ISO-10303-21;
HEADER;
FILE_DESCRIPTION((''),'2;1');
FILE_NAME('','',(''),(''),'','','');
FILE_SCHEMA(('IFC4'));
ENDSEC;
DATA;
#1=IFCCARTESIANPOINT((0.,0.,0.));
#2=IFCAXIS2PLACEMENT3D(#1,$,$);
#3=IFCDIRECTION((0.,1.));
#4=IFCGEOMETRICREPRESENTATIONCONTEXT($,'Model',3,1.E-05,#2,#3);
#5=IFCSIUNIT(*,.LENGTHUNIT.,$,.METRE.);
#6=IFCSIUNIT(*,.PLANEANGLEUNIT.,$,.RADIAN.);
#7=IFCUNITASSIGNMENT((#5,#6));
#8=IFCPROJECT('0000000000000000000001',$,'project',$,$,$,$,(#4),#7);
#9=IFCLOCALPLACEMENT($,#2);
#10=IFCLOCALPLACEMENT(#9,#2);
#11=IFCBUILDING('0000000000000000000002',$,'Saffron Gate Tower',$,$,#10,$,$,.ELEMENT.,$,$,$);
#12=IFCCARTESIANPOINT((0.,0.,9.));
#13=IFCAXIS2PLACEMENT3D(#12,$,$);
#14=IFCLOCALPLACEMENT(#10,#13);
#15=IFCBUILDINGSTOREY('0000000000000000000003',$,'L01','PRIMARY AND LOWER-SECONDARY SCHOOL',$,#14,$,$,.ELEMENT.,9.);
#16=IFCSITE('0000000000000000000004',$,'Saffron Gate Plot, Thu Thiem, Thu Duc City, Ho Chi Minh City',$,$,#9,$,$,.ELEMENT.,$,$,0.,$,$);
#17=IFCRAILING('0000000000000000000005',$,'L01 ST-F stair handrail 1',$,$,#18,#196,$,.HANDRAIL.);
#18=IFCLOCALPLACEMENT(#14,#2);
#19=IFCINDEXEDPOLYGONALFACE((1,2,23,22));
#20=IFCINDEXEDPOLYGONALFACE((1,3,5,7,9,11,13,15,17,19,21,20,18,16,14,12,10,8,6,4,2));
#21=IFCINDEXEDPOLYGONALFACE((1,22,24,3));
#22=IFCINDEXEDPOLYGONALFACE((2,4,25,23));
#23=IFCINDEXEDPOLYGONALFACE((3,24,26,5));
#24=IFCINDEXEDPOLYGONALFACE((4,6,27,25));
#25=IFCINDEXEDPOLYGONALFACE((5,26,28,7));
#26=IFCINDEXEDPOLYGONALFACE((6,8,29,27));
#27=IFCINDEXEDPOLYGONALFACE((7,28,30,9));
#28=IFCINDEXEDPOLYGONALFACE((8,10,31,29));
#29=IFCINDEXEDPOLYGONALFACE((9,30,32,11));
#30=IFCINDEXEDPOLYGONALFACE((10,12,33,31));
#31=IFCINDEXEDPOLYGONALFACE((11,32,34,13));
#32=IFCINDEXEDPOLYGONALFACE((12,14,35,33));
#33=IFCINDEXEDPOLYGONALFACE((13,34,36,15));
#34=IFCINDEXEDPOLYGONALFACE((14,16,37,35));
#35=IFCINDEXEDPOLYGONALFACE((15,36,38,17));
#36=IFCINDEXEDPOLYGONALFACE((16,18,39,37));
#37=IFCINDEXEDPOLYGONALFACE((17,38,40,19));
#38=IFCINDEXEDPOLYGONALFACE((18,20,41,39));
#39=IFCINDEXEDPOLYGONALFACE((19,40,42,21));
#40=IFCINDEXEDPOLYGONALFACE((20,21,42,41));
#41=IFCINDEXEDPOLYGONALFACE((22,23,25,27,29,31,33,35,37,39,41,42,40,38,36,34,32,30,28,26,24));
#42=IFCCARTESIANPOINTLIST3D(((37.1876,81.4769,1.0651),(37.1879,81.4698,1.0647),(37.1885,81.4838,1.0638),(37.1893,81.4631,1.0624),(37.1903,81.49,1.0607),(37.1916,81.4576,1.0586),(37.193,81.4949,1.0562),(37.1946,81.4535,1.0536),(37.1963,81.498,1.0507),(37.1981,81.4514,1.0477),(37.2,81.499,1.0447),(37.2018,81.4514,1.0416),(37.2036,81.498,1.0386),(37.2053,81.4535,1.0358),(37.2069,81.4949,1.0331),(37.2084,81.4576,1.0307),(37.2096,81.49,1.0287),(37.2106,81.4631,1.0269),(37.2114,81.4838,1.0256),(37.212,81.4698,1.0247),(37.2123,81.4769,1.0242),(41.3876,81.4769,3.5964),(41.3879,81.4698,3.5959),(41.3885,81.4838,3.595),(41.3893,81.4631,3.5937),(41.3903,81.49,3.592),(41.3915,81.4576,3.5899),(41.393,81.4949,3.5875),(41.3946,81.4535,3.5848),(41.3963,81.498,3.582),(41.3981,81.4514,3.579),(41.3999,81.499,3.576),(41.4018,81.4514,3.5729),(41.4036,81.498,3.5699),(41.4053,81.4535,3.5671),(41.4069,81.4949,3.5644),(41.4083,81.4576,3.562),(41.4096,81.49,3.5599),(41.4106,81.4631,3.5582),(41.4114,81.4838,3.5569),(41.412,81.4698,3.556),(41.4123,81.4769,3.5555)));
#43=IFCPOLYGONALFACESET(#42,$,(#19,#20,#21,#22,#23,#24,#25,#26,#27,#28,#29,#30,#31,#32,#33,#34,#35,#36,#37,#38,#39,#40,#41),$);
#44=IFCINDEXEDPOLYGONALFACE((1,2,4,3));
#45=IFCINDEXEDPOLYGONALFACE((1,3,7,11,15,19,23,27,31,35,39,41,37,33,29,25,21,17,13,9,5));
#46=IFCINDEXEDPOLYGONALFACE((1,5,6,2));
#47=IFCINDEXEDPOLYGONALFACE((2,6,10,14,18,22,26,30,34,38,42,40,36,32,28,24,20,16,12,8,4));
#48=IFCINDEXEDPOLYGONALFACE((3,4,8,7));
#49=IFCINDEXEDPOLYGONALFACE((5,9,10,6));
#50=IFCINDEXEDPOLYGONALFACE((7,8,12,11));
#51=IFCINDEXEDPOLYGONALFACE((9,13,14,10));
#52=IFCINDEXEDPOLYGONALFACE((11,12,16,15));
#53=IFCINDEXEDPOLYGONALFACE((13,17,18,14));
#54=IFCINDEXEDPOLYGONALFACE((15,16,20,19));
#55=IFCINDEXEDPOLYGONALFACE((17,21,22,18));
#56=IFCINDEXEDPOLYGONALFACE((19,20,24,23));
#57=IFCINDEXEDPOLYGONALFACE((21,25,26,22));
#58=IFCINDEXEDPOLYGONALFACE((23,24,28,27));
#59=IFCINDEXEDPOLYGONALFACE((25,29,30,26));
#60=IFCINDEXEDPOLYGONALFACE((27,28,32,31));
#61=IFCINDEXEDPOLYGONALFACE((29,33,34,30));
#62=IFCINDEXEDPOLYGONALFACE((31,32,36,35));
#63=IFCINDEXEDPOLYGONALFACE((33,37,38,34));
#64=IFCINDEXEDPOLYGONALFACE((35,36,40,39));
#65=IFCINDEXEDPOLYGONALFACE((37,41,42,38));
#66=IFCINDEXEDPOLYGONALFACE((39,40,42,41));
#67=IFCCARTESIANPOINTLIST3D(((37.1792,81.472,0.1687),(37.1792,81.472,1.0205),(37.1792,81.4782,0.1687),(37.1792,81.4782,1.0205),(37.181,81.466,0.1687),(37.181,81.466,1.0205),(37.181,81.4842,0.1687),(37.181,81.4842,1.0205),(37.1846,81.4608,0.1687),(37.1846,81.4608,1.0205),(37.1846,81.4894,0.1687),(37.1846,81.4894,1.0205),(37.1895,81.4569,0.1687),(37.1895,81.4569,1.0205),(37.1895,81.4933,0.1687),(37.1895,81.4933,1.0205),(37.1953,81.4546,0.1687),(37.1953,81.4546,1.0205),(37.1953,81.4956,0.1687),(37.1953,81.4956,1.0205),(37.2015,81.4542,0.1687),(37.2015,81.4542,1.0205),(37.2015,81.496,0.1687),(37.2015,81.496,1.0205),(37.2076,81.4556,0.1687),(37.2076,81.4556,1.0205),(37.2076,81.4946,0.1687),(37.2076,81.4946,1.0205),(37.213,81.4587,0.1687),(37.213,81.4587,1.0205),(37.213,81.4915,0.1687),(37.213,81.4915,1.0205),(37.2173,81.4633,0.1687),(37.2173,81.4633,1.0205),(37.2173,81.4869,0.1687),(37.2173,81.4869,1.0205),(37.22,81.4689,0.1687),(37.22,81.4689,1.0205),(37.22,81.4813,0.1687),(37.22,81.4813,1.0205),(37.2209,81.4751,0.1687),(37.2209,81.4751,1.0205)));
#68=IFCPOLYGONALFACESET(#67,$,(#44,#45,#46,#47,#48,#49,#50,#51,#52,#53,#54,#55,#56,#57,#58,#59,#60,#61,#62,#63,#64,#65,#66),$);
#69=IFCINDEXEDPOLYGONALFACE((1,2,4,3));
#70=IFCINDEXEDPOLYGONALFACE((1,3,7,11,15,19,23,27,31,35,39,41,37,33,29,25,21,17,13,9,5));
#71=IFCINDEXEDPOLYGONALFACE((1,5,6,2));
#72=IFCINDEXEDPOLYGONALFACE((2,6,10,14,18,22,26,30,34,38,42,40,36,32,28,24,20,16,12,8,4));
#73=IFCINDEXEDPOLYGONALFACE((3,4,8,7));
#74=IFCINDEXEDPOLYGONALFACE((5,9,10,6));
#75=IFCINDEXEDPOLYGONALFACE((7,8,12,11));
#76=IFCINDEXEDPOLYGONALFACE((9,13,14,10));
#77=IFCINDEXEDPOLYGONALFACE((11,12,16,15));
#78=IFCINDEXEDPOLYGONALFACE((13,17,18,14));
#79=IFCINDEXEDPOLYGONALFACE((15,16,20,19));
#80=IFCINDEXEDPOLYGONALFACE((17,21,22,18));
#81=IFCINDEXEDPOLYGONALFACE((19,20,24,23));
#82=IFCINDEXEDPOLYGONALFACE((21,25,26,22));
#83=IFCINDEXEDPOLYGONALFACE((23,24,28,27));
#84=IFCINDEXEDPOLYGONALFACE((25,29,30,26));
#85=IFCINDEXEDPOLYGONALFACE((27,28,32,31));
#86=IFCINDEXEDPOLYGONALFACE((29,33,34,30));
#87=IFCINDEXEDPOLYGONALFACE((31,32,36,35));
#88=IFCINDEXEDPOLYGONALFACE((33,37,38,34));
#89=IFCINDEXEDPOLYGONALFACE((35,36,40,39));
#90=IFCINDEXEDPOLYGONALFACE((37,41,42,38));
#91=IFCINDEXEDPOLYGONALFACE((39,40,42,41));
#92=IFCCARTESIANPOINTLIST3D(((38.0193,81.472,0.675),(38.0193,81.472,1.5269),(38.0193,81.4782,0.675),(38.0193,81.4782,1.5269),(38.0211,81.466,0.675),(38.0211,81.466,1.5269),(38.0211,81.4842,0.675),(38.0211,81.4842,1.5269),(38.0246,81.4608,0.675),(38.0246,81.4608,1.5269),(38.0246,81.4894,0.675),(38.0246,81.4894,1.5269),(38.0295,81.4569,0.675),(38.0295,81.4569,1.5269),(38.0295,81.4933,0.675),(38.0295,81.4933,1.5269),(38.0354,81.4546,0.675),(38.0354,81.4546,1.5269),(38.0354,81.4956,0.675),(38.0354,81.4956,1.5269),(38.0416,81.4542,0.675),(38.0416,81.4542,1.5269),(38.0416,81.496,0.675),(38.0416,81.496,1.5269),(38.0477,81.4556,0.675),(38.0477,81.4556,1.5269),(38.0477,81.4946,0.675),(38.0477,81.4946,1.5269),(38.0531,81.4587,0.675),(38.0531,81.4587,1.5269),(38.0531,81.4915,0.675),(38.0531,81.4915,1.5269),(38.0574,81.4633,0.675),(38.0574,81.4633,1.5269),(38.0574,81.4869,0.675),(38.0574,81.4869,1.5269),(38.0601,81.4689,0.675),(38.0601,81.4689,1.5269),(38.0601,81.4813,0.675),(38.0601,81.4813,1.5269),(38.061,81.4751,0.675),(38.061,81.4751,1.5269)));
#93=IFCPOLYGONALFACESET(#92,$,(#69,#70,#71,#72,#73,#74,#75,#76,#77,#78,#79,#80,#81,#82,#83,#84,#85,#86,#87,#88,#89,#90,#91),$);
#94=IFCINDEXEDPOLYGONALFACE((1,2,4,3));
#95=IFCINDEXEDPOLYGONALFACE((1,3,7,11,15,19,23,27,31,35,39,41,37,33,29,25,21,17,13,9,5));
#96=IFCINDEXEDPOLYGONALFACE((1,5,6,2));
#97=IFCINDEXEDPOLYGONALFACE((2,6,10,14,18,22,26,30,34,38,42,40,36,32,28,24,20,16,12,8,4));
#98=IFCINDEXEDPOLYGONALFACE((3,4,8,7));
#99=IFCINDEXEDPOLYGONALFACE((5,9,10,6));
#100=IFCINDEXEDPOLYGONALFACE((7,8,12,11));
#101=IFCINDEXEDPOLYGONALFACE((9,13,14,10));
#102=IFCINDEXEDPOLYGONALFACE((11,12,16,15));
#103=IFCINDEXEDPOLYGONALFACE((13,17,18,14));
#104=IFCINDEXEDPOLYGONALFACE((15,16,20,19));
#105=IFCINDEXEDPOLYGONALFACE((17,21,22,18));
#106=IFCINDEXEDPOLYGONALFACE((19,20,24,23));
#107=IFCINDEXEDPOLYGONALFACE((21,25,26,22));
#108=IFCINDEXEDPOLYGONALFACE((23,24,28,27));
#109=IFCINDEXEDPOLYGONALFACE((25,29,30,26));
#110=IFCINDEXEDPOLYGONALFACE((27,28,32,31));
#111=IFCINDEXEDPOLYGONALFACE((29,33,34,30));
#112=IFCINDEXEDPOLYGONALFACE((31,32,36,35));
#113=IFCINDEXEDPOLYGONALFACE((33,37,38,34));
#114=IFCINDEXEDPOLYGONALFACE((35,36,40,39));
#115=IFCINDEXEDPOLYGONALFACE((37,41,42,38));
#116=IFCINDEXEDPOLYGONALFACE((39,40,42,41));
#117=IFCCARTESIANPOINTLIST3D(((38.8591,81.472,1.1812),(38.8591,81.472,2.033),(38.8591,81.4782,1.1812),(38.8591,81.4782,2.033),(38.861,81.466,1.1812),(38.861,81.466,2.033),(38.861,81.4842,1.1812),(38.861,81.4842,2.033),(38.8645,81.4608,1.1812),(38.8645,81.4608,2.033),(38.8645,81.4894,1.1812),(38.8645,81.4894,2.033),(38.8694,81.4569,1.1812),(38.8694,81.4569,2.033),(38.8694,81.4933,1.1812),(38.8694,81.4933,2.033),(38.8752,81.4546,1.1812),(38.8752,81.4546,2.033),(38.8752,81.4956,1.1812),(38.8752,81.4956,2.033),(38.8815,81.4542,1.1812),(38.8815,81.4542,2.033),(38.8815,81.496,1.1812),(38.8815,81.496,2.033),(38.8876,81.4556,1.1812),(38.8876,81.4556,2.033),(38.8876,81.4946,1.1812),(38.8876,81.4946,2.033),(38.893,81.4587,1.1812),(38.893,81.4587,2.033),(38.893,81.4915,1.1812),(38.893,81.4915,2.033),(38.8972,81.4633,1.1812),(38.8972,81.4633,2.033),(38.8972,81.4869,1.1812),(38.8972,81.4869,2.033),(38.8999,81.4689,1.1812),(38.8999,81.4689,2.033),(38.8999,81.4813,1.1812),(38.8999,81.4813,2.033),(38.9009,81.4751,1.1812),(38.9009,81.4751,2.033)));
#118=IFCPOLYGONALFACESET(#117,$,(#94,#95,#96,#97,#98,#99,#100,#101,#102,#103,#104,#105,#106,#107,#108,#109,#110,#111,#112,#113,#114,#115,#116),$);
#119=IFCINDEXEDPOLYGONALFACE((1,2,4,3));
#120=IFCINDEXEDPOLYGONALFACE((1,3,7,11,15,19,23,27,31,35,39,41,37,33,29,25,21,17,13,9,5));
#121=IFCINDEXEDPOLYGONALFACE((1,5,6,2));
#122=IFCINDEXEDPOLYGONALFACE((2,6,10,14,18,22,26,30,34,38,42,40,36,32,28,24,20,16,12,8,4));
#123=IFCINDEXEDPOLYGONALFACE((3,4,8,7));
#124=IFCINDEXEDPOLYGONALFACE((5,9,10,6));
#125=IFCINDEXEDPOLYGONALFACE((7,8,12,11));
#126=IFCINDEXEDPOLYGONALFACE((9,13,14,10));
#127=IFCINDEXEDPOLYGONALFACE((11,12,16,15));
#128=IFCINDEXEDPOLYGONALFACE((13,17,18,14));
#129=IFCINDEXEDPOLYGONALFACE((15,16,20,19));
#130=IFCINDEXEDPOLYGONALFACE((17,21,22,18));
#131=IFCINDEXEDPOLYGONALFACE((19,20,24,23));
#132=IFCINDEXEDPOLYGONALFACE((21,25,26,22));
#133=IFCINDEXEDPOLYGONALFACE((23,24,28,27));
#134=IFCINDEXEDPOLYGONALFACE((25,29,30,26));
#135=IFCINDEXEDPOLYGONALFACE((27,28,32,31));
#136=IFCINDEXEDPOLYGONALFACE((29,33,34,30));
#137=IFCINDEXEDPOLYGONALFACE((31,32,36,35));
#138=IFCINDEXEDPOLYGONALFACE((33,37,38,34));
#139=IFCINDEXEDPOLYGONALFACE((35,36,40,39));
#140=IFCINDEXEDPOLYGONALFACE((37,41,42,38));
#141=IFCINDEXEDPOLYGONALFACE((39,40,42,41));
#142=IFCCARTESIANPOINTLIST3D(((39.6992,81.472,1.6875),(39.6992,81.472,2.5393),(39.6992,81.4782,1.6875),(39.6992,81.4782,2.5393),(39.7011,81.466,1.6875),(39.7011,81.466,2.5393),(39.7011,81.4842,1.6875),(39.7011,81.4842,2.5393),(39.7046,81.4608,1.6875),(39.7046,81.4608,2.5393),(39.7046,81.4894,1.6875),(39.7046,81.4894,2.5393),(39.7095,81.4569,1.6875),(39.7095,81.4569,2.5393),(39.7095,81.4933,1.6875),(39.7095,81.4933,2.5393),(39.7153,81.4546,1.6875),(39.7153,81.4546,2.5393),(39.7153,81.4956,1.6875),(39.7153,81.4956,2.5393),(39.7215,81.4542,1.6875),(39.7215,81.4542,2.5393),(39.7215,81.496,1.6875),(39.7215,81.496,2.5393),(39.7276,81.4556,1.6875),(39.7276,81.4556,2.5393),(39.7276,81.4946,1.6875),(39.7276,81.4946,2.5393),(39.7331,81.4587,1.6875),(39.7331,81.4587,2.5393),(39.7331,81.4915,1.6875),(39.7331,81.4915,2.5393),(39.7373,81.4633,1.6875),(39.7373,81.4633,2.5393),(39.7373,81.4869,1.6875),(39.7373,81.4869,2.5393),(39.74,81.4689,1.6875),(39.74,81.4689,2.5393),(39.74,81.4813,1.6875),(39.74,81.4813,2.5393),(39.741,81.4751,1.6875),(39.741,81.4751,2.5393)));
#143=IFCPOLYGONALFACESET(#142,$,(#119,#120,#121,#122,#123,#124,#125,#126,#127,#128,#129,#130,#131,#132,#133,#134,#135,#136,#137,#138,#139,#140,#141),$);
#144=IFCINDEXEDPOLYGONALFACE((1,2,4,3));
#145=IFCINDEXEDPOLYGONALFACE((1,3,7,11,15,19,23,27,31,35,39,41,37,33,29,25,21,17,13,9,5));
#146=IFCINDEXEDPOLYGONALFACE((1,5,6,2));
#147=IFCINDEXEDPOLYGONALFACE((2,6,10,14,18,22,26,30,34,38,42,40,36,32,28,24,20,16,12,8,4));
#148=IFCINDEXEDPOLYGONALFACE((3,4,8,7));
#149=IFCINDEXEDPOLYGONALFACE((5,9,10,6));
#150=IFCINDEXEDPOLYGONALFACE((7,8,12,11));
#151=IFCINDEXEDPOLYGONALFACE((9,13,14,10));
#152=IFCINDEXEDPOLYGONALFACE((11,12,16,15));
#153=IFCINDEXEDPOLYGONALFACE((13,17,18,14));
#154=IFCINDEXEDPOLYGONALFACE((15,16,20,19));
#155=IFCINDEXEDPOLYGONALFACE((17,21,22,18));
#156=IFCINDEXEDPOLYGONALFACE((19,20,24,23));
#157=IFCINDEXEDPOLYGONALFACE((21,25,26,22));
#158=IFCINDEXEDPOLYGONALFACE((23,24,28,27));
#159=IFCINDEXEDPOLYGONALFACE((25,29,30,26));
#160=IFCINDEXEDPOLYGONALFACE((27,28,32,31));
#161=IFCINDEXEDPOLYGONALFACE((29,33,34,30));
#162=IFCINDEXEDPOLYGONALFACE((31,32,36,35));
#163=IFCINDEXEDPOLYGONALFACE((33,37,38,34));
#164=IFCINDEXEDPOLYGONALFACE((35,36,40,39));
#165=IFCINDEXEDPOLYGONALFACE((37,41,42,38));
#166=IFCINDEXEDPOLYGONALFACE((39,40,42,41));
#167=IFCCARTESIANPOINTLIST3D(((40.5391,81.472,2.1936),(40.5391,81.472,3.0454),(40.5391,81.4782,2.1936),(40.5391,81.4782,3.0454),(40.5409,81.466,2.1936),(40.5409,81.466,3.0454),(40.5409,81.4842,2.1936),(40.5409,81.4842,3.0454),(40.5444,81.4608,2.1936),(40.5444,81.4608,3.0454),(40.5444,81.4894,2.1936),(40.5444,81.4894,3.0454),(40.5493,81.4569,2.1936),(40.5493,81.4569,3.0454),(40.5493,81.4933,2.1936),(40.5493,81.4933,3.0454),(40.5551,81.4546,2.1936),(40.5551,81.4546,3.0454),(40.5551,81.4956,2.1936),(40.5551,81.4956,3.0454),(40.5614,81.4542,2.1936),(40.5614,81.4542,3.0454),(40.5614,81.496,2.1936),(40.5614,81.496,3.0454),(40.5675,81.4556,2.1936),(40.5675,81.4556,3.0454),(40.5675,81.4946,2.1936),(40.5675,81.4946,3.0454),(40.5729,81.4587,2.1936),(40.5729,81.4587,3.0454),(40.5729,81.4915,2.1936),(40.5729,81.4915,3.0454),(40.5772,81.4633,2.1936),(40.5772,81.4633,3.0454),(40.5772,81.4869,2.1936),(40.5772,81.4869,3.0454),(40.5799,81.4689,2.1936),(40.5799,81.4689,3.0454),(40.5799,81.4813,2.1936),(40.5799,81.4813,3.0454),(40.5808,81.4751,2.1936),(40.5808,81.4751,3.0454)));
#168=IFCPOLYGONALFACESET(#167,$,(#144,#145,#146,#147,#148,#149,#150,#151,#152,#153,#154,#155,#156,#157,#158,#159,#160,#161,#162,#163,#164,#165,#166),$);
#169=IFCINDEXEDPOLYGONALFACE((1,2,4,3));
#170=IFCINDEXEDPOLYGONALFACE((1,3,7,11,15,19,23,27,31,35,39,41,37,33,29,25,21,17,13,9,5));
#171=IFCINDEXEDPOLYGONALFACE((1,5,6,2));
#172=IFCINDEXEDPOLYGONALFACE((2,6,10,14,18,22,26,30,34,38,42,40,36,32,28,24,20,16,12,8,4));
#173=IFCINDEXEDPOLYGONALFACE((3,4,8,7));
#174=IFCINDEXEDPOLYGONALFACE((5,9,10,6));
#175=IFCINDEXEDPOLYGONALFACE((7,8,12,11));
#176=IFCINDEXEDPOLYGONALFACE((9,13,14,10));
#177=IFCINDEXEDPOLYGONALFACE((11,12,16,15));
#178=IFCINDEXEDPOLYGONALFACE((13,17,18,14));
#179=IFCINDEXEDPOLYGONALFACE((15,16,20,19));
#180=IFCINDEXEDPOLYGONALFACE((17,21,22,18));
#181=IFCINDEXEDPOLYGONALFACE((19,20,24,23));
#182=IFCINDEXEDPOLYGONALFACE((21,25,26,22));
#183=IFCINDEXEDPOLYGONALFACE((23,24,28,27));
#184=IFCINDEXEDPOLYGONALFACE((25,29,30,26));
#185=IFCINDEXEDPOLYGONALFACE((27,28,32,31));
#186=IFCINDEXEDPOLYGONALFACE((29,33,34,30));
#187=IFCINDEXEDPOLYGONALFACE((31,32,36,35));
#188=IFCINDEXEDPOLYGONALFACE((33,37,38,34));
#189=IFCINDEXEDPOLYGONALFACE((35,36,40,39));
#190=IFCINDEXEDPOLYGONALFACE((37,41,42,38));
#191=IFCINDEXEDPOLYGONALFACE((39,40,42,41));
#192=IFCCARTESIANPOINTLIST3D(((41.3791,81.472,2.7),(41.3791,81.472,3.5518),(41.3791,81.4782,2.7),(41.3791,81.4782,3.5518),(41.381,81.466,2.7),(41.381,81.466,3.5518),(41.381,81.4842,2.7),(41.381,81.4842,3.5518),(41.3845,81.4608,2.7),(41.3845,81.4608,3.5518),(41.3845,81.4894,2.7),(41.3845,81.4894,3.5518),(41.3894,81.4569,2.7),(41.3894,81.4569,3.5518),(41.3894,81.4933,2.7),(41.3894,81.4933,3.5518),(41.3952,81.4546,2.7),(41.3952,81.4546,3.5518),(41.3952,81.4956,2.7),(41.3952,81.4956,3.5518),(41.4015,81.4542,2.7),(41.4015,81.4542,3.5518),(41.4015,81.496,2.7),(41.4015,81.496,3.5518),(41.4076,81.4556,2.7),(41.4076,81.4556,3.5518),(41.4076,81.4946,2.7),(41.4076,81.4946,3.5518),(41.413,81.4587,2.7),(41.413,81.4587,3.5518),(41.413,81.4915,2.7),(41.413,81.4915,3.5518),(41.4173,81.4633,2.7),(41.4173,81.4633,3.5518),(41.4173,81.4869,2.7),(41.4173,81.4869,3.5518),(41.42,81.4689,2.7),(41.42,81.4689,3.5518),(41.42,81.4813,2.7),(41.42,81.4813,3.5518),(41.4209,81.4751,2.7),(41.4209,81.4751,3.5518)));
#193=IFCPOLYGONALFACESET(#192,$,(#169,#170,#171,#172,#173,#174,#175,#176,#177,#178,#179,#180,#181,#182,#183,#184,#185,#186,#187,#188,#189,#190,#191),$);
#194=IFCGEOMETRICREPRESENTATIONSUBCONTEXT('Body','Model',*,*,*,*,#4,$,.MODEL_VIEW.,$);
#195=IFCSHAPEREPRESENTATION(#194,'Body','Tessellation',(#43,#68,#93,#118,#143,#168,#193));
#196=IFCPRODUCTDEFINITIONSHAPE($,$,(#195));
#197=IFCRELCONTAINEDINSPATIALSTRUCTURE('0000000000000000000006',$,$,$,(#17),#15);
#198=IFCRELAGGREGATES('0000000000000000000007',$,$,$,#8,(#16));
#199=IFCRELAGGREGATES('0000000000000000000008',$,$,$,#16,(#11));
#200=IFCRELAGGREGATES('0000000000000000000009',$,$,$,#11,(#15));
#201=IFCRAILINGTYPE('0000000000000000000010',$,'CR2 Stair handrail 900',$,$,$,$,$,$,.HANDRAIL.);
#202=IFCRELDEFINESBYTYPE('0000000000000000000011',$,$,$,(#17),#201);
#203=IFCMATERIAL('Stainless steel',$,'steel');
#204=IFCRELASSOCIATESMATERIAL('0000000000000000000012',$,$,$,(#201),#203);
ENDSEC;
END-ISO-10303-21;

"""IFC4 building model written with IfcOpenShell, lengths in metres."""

from ifc_helpers import new_model, si_unit, direction, frame, origin, origin_2d, place, context, subcontext, project, spatial, circle, extrude, material, type_object, element, save


model = new_model("IFC4")

# Units and contexts
model_context = context("Model", 3, precision=1e-05, world=origin(), true_north=direction((0.0, 1.0)))
body_context = subcontext(model_context, "Body", "Model", "MODEL_VIEW")
ifc_project = project(units=[si_unit("LENGTHUNIT", "METRE"), si_unit("PLANEANGLEUNIT", "RADIAN")], contexts=[model_context])

# Site, building, storey
site_placement = place(None, origin())
site = spatial("IfcSite", under=ifc_project, at=site_placement, Name="Saffron Gate Plot, Thu Thiem, Thu Duc City, Ho Chi Minh City", CompositionType="ELEMENT", RefElevation=0.0)
building_placement = place(site_placement, origin())
building = spatial("IfcBuilding", under=site, at=building_placement, Name="Saffron Gate Tower", CompositionType="ELEMENT")
storey_placement = place(building_placement, frame((0.0, 0.0, 9.0)))
storey = spatial("IfcBuildingStorey", under=building, at=storey_placement, Name="L01", Description="PRIMARY AND LOWER-SECONDARY SCHOOL", CompositionType="ELEMENT", Elevation=9.0)

# Railing
ifc_material_1 = material(Name="Stainless steel", Category="steel")
railing_type_1 = type_object("IfcRailingType", Name="CR2 Stair handrail 900", PredefinedType="HANDRAIL", material=ifc_material_1)
railing_1_placement = place(storey_placement, frame((37.2, 81.4751, 0.1687)))
element("IfcRailing", 1, at=railing_1_placement, inside=storey, type_object=railing_type_1, Name="L01 ST-F stair handrail 1", PredefinedType="HANDRAIL", context=body_context, shape_type="SweptSolid", body=[
    extrude(circle(Radius=0.0239, at=origin_2d()), frame((0.0, 0.0, 0.876), z_axis=(0.856476, 0.0, 0.516186), x_axis=(0.0, 1.0, 0.0)), (0.0, 0.0, 1.0), 4.9038),
    extrude(circle(Radius=0.021, at=origin_2d()), origin(), (0.0, 0.0, 1.0), 0.8518),
    extrude(circle(Radius=0.021, at=origin_2d()), frame((0.8401, 0.0, 0.5063)), (0.0, 0.0, 1.0), 0.8518),
    extrude(circle(Radius=0.021, at=origin_2d()), frame((1.6799, 0.0, 1.0125)), (0.0, 0.0, 1.0), 0.8518),
    extrude(circle(Radius=0.021, at=origin_2d()), frame((2.52, 0.0, 1.5188)), (0.0, 0.0, 1.0), 0.8518),
    extrude(circle(Radius=0.021, at=origin_2d()), frame((3.3599, 0.0, 2.0249)), (0.0, 0.0, 1.0), 0.8518),
    extrude(circle(Radius=0.021, at=origin_2d()), frame((4.2, 0.0, 2.5312)), (0.0, 0.0, 1.0), 0.8518),
])

save(model, "model.ifc")
